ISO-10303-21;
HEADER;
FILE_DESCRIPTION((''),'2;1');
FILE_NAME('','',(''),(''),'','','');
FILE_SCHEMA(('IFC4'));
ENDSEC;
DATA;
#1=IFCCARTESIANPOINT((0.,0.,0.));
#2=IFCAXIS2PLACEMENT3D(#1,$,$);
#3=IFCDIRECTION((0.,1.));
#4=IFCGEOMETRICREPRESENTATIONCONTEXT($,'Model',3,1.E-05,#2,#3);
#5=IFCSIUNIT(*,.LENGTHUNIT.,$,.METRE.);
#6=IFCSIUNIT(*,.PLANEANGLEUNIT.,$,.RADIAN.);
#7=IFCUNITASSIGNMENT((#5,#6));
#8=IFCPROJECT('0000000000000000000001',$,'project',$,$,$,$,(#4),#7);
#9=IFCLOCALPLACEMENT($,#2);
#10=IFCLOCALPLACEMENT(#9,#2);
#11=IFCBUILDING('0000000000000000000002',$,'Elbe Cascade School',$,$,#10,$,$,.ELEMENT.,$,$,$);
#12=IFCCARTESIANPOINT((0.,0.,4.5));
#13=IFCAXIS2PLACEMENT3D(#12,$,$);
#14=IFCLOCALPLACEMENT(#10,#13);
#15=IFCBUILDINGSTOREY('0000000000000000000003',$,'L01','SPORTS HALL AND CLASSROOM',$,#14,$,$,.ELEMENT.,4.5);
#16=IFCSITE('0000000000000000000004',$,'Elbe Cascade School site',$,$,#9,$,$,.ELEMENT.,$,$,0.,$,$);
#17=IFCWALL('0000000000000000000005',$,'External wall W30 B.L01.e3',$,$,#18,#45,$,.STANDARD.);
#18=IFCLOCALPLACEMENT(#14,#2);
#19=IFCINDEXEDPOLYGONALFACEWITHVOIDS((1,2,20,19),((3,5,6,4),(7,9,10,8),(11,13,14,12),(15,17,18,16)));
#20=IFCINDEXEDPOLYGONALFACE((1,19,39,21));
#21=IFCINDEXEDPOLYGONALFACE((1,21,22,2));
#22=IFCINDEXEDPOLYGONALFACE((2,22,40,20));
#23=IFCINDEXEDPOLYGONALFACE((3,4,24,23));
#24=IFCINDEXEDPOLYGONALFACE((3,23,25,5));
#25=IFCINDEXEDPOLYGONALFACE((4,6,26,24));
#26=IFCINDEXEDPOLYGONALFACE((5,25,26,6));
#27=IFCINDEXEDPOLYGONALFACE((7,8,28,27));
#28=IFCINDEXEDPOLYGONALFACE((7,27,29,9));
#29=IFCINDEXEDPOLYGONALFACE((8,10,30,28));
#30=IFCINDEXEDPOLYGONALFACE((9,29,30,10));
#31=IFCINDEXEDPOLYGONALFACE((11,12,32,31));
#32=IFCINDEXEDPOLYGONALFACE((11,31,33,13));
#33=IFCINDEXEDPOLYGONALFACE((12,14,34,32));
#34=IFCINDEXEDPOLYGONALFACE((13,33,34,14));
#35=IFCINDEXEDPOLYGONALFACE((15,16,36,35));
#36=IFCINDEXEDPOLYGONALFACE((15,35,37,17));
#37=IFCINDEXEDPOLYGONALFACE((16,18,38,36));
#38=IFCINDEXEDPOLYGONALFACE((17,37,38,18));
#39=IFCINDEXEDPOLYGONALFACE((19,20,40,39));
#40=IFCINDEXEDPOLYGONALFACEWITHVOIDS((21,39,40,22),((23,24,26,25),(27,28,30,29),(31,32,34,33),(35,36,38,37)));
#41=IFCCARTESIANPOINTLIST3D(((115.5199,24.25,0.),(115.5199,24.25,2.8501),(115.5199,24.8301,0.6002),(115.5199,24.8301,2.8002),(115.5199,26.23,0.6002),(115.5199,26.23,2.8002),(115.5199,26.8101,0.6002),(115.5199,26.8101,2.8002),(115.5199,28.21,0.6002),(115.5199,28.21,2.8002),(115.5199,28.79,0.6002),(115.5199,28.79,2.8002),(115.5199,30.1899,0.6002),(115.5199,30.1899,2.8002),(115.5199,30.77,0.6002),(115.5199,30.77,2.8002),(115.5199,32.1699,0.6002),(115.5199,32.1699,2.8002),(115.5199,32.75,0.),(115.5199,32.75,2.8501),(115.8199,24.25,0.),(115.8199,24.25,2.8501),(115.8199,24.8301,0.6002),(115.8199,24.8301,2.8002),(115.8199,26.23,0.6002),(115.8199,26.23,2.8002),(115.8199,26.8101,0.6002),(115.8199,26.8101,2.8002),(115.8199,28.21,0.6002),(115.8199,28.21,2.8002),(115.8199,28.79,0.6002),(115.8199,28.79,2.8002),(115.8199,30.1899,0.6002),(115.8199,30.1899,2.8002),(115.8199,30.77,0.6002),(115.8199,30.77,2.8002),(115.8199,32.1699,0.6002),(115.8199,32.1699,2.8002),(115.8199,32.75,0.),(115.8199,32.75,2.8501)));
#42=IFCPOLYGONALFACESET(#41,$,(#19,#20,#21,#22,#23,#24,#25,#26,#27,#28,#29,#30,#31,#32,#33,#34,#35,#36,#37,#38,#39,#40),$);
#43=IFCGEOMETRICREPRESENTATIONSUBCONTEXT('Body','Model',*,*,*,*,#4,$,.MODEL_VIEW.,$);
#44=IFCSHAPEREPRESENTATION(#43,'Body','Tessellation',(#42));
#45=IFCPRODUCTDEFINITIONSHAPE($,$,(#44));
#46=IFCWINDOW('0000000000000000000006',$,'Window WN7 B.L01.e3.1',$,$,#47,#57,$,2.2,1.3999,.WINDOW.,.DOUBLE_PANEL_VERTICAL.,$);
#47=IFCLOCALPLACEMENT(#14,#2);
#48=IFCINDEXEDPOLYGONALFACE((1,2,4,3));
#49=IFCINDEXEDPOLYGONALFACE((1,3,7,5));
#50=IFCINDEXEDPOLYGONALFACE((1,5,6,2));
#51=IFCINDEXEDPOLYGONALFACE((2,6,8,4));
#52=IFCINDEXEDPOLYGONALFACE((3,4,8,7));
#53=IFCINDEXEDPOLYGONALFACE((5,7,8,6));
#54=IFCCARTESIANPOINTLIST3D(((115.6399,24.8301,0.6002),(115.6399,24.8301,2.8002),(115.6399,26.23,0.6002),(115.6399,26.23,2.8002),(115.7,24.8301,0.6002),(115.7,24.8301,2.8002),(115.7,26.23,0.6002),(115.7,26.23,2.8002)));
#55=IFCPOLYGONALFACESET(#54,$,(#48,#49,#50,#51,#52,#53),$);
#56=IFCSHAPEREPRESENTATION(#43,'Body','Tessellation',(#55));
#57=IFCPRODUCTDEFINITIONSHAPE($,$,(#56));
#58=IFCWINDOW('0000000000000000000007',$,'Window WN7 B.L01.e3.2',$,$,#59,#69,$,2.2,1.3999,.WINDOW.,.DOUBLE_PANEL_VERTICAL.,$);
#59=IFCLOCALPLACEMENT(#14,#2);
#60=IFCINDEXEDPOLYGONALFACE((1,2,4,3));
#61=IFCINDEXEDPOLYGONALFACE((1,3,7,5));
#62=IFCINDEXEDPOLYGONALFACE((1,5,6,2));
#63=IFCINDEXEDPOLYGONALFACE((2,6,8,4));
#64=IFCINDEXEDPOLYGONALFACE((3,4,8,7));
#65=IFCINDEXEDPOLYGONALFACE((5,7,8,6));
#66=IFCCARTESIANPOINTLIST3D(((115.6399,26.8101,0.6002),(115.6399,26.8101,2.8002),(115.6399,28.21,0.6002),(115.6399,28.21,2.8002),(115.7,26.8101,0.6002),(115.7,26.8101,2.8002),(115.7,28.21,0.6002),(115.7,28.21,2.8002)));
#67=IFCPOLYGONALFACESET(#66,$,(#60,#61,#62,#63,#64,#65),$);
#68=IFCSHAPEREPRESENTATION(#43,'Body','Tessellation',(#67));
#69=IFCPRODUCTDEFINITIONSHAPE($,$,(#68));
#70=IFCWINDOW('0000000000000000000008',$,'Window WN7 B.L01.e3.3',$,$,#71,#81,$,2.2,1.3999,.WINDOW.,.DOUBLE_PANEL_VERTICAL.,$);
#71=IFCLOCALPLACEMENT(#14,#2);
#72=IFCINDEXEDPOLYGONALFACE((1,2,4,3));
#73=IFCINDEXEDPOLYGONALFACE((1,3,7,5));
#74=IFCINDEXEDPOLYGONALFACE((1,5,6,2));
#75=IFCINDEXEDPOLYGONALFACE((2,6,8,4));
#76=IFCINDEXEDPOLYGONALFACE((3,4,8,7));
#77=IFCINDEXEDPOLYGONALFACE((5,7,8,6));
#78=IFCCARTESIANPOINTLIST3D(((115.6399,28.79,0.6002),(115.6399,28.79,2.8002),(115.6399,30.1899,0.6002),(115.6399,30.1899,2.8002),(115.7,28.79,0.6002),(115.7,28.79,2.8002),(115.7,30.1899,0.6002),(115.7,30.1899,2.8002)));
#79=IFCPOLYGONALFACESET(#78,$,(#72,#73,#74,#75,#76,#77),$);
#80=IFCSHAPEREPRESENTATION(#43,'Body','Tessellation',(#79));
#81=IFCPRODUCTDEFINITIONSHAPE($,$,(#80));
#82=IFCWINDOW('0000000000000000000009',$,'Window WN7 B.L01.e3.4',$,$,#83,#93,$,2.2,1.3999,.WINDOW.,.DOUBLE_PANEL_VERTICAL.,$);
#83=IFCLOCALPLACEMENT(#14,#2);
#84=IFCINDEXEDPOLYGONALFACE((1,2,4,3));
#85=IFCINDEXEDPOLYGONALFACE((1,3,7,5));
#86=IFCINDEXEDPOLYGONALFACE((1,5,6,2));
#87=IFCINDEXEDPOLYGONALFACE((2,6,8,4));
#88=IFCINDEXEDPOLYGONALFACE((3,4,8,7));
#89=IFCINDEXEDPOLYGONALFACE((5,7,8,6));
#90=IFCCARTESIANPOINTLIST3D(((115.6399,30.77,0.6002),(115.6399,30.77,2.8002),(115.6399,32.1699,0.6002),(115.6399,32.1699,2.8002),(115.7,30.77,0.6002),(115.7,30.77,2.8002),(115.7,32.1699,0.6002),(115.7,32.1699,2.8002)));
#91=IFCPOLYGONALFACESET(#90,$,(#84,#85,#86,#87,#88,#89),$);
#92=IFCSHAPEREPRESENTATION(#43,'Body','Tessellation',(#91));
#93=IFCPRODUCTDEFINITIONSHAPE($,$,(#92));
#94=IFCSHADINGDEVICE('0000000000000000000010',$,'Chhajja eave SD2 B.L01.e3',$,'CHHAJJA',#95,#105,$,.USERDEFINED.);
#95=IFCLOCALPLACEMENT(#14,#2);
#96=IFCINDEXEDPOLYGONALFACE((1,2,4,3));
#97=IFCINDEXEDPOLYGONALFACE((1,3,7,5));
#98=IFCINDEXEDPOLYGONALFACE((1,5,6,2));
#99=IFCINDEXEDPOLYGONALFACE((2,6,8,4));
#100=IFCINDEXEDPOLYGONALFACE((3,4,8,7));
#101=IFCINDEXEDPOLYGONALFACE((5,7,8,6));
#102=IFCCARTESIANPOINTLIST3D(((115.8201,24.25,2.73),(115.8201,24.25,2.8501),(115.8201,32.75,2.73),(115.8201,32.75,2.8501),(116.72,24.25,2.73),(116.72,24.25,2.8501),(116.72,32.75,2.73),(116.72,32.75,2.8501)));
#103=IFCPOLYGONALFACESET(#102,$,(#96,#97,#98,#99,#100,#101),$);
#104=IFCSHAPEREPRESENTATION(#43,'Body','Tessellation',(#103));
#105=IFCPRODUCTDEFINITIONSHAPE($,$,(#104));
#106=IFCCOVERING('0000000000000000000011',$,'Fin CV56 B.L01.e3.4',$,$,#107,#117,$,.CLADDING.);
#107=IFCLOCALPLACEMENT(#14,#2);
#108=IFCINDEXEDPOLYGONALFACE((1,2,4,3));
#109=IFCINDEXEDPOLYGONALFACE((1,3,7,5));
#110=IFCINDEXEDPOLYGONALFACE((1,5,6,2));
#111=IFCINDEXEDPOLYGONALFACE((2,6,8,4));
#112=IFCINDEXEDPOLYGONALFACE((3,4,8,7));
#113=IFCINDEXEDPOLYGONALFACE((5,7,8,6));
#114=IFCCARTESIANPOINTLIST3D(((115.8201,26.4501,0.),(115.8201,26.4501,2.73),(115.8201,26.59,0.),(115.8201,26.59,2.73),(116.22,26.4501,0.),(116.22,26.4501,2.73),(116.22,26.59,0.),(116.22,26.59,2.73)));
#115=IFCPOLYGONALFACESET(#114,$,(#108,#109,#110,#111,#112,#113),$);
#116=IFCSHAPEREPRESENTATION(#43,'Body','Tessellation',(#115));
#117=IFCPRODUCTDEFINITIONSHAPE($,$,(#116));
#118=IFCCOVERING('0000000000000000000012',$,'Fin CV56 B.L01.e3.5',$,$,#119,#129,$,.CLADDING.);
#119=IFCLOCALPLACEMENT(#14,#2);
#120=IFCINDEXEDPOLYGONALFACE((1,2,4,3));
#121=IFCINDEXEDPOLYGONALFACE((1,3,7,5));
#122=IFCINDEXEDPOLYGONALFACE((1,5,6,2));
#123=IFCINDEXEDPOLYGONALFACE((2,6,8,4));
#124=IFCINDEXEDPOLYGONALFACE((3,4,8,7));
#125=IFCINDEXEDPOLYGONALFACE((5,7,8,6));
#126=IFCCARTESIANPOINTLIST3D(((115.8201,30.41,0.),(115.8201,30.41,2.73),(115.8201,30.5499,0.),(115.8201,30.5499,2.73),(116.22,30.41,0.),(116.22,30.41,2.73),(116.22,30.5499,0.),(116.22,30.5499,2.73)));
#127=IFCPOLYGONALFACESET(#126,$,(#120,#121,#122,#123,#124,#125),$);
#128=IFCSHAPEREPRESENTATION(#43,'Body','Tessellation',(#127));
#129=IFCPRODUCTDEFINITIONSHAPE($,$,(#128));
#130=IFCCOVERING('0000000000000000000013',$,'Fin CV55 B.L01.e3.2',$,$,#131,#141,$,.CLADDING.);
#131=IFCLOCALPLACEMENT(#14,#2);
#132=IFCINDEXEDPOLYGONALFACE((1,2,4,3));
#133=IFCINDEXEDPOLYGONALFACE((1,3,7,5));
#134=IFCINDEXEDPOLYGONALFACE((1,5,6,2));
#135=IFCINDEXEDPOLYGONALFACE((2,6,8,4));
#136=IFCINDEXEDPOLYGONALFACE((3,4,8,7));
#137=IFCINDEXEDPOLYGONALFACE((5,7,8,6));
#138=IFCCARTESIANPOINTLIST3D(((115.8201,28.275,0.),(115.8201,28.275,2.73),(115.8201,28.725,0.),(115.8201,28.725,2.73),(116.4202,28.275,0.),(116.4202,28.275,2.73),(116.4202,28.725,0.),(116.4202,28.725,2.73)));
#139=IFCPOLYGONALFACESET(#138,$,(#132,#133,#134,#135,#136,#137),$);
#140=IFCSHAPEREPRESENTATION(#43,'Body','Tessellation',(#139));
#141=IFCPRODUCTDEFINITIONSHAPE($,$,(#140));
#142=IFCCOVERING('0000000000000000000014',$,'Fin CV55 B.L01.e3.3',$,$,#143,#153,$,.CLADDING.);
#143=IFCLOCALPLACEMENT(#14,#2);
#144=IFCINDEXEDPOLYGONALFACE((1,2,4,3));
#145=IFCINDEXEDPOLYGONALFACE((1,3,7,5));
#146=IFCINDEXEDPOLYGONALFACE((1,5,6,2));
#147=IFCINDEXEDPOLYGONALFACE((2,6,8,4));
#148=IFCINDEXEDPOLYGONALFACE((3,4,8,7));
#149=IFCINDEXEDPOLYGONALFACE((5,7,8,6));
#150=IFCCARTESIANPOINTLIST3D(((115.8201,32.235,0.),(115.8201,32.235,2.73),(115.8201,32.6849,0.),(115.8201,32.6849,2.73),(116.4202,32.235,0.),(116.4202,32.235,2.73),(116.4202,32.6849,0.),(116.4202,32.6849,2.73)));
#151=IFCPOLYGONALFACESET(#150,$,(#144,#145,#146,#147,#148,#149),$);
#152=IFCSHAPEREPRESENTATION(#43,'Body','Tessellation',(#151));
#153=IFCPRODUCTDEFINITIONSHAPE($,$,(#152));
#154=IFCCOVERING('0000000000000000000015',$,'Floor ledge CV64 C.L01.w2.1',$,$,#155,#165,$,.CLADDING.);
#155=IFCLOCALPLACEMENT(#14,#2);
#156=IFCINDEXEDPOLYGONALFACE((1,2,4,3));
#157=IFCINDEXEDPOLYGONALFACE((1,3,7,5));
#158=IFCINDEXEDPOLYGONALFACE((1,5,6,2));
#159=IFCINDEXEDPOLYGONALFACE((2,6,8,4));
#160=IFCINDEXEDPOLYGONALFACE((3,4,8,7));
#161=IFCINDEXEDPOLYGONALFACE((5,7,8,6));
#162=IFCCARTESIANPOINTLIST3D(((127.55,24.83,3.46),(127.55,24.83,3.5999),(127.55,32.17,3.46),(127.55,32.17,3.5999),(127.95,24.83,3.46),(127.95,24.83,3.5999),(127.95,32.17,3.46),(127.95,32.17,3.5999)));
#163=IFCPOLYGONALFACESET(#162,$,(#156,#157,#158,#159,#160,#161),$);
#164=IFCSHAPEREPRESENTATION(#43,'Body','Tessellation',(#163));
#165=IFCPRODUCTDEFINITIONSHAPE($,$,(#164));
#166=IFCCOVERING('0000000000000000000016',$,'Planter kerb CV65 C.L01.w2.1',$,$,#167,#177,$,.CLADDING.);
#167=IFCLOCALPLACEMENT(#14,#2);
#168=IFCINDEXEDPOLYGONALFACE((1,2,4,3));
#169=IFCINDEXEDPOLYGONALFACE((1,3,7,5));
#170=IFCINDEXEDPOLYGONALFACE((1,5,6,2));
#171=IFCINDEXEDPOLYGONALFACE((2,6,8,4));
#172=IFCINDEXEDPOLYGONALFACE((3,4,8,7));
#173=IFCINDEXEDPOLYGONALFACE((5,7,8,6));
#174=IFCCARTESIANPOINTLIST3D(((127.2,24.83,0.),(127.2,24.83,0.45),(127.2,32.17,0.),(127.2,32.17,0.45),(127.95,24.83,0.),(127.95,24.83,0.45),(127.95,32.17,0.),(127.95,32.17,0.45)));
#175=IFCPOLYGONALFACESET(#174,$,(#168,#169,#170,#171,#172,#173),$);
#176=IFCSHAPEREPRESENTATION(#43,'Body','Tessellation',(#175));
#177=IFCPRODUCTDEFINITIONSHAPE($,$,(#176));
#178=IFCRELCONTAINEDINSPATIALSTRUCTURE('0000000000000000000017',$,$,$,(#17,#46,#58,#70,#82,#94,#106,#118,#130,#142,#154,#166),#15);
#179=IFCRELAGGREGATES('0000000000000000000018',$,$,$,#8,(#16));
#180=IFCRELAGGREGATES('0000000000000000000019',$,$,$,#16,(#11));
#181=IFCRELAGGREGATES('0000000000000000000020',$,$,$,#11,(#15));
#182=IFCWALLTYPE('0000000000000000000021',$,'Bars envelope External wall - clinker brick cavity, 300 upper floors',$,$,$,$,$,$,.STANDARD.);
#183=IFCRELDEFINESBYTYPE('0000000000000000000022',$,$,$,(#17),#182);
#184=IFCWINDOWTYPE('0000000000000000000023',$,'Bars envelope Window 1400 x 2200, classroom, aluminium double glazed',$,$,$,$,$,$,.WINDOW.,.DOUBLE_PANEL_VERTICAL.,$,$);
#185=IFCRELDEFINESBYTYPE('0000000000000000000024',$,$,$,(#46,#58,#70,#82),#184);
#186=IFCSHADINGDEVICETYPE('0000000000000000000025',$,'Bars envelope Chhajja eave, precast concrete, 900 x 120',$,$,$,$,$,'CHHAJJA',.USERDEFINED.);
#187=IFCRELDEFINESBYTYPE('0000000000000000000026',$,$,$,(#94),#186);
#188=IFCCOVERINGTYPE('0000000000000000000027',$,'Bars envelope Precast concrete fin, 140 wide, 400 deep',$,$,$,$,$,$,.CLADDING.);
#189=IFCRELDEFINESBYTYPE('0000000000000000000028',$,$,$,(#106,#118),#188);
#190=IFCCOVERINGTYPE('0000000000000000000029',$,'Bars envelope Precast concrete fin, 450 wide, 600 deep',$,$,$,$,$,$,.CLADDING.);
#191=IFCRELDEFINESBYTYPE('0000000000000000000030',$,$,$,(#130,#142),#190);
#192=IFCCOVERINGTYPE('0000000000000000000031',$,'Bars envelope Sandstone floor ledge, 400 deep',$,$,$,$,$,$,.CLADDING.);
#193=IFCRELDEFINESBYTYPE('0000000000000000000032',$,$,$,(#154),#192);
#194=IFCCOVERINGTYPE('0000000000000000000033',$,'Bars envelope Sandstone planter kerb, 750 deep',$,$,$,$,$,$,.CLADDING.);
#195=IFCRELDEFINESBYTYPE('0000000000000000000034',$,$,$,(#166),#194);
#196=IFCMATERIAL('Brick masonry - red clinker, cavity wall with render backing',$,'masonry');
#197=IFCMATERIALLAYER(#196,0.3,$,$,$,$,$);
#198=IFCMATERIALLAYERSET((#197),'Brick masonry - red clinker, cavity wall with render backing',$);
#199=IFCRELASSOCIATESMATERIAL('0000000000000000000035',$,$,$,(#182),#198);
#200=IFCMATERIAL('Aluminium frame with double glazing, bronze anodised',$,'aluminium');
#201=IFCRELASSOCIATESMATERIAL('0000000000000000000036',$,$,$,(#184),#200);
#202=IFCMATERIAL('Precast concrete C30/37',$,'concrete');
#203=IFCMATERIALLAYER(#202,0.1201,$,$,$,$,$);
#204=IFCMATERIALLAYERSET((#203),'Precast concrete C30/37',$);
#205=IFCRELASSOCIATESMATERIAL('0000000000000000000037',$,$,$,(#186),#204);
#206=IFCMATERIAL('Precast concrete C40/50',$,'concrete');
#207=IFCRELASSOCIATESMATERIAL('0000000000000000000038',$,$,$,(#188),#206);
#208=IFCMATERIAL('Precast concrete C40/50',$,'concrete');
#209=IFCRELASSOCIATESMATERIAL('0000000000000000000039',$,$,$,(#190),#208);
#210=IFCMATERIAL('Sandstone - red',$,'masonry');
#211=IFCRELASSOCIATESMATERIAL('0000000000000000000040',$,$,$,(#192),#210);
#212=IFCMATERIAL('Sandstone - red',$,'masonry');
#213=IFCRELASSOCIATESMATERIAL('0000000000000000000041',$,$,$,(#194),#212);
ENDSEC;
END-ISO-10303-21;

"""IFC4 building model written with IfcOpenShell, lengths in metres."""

from ifc_helpers import new_model, si_unit, direction, frame, frame_2d, origin, origin_2d, place, context, subcontext, project, spatial, rectangle, extrude, material, layer, layer_set, type_object, element, fill, save


model = new_model("IFC4")

# Units and contexts
model_context = context("Model", 3, precision=1e-05, world=origin(), true_north=direction((0.0, 1.0)))
body_context = subcontext(model_context, "Body", "Model", "MODEL_VIEW")
ifc_project = project(units=[si_unit("LENGTHUNIT", "METRE"), si_unit("PLANEANGLEUNIT", "RADIAN")], contexts=[model_context])

# Site, building, storey
site_placement = place(None, origin())
site = spatial("IfcSite", under=ifc_project, at=site_placement, Name="Elbe Cascade School site", CompositionType="ELEMENT", RefElevation=0.0)
building_placement = place(site_placement, origin())
building = spatial("IfcBuilding", under=site, at=building_placement, Name="Elbe Cascade School", CompositionType="ELEMENT")
storey_placement = place(building_placement, frame((0.0, 0.0, 4.5)))
storey = spatial("IfcBuildingStorey", under=building, at=storey_placement, Name="L01", Description="SPORTS HALL AND CLASSROOM", CompositionType="ELEMENT", Elevation=4.5)

# Wall, openings, windows
ifc_material_1 = material(Name="Brick masonry - red clinker, cavity wall with render backing", Category="masonry")
ifc_layer_1 = layer(ifc_material_1, 0.3)
ifc_layer_set_1 = layer_set([ifc_layer_1], Name="Brick masonry - red clinker, cavity wall with render backing")
wall_type = type_object("IfcWallType", Name="Bars envelope External wall - clinker brick cavity, 300 upper floors", PredefinedType="STANDARD", material=ifc_layer_set_1)
wall_placement = place(storey_placement, frame((115.6699, 32.75, 0.0), z_axis=(0.0, 0.0, 1.0), x_axis=(0.0, -1.0, 0.0)))
wall = element("IfcWall", 1, at=wall_placement, inside=storey, type_object=wall_type, Name="External wall W30 B.L01.e3", PredefinedType="STANDARD", context=body_context, shape_type="SweptSolid", body=[
    extrude(rectangle(XDim=8.5, YDim=0.3, at=frame_2d((4.25, 0.0))), origin(), (0.0, 0.0, 1.0), 2.8501),
])
opening_1_placement = place(wall_placement, frame((6.52, 0.0, 0.6001)))
opening_1 = element("IfcOpeningElement", 2, at=opening_1_placement, cuts=wall, PredefinedType="OPENING", context=body_context, shape_type="SweptSolid", body=[
    extrude(rectangle(XDim=1.3999, YDim=2.2, at=frame_2d((0.7, 1.1001))), frame((0.0, 0.1599, 0.0), z_axis=(0.0, -1.0, 0.0), x_axis=(1.0, 0.0, 0.0)), (0.0, 0.0, 1.0), 0.3201),
])
opening_2_placement = place(wall_placement, frame((4.54, 0.0, 0.6001)))
opening_2 = element("IfcOpeningElement", 3, at=opening_2_placement, cuts=wall, PredefinedType="OPENING", context=body_context, shape_type="SweptSolid", body=[
    extrude(rectangle(XDim=1.3999, YDim=2.2, at=frame_2d((0.7, 1.1001))), frame((0.0, 0.1599, 0.0), z_axis=(0.0, -1.0, 0.0), x_axis=(1.0, 0.0, 0.0)), (0.0, 0.0, 1.0), 0.3201),
])
opening_3_placement = place(wall_placement, frame((2.5601, 0.0, 0.6001)))
opening_3 = element("IfcOpeningElement", 4, at=opening_3_placement, cuts=wall, PredefinedType="OPENING", context=body_context, shape_type="SweptSolid", body=[
    extrude(rectangle(XDim=1.3999, YDim=2.2, at=frame_2d((0.7, 1.1001))), frame((0.0, 0.1599, 0.0), z_axis=(0.0, -1.0, 0.0), x_axis=(1.0, 0.0, 0.0)), (0.0, 0.0, 1.0), 0.3201),
])
opening_4_placement = place(wall_placement, frame((0.5801, 0.0, 0.6001)))
opening_4 = element("IfcOpeningElement", 5, at=opening_4_placement, cuts=wall, PredefinedType="OPENING", context=body_context, shape_type="SweptSolid", body=[
    extrude(rectangle(XDim=1.3999, YDim=2.2, at=frame_2d((0.7, 1.1001))), frame((0.0, 0.1599, 0.0), z_axis=(0.0, -1.0, 0.0), x_axis=(1.0, 0.0, 0.0)), (0.0, 0.0, 1.0), 0.3201),
])
ifc_material_2 = material(Name="Aluminium frame with double glazing, bronze anodised", Category="aluminium")
window_type = type_object("IfcWindowType", Name="Bars envelope Window 1400 x 2200, classroom, aluminium double glazed", PartitioningType="DOUBLE_PANEL_VERTICAL", PredefinedType="WINDOW", material=ifc_material_2)
window_1_placement = place(opening_1_placement, origin())
window_1 = element("IfcWindow", 6, at=window_1_placement, inside=storey, type_object=window_type, Name="Window WN7 B.L01.e3.1", OverallHeight=2.2, OverallWidth=1.3999, PartitioningType="DOUBLE_PANEL_VERTICAL", PredefinedType="WINDOW", context=body_context, shape_type="SweptSolid", body=[
    extrude(rectangle(XDim=1.3999, YDim=2.2, at=frame_2d((0.7, 1.1001))), frame((0.0, 0.03, 0.0), z_axis=(0.0, -1.0, 0.0), x_axis=(1.0, 0.0, 0.0)), (0.0, 0.0, 1.0), 0.0601),
])
fill(opening_1, window_1)
window_2_placement = place(opening_2_placement, origin())
window_2 = element("IfcWindow", 7, at=window_2_placement, inside=storey, type_object=window_type, Name="Window WN7 B.L01.e3.2", OverallHeight=2.2, OverallWidth=1.3999, PartitioningType="DOUBLE_PANEL_VERTICAL", PredefinedType="WINDOW", context=body_context, shape_type="SweptSolid", body=[
    extrude(rectangle(XDim=1.3999, YDim=2.2, at=frame_2d((0.7, 1.1001))), frame((0.0, 0.03, 0.0), z_axis=(0.0, -1.0, 0.0), x_axis=(1.0, 0.0, 0.0)), (0.0, 0.0, 1.0), 0.0601),
])
fill(opening_2, window_2)
window_3_placement = place(opening_3_placement, origin())
window_3 = element("IfcWindow", 8, at=window_3_placement, inside=storey, type_object=window_type, Name="Window WN7 B.L01.e3.3", OverallHeight=2.2, OverallWidth=1.3999, PartitioningType="DOUBLE_PANEL_VERTICAL", PredefinedType="WINDOW", context=body_context, shape_type="SweptSolid", body=[
    extrude(rectangle(XDim=1.3999, YDim=2.2, at=frame_2d((0.7, 1.1001))), frame((0.0, 0.03, 0.0), z_axis=(0.0, -1.0, 0.0), x_axis=(1.0, 0.0, 0.0)), (0.0, 0.0, 1.0), 0.0601),
])
fill(opening_3, window_3)
window_4_placement = place(opening_4_placement, origin())
window_4 = element("IfcWindow", 9, at=window_4_placement, inside=storey, type_object=window_type, Name="Window WN7 B.L01.e3.4", OverallHeight=2.2, OverallWidth=1.3999, PartitioningType="DOUBLE_PANEL_VERTICAL", PredefinedType="WINDOW", context=body_context, shape_type="SweptSolid", body=[
    extrude(rectangle(XDim=1.3999, YDim=2.2, at=frame_2d((0.7, 1.1001))), frame((0.0, 0.03, 0.0), z_axis=(0.0, -1.0, 0.0), x_axis=(1.0, 0.0, 0.0)), (0.0, 0.0, 1.0), 0.0601),
])
fill(opening_4, window_4)

# Shading device
ifc_material_3 = material(Name="Precast concrete C30/37", Category="concrete")
ifc_layer_2 = layer(ifc_material_3, 0.1201)
ifc_layer_set_2 = layer_set([ifc_layer_2], Name="Precast concrete C30/37")
shading_device_type_1 = type_object("IfcShadingDeviceType", Name="Bars envelope Chhajja eave, precast concrete, 900 x 120", ElementType="CHHAJJA", PredefinedType="USERDEFINED", material=ifc_layer_set_2)
shading_device_1_placement = place(storey_placement, frame((116.27, 28.5, 2.73), z_axis=(0.0, 0.0, 1.0), x_axis=(0.0, 1.0, 0.0)))
element("IfcShadingDevice", 10, at=shading_device_1_placement, inside=storey, type_object=shading_device_type_1, Name="Chhajja eave SD2 B.L01.e3", ObjectType="CHHAJJA", PredefinedType="USERDEFINED", context=body_context, shape_type="SweptSolid", body=[
    extrude(rectangle(XDim=8.5, YDim=0.8999, at=origin_2d()), origin(), (0.0, 0.0, 1.0), 0.1201),
])

# Coverings
ifc_material_4 = material(Name="Precast concrete C40/50", Category="concrete")
covering_type_1 = type_object("IfcCoveringType", Name="Bars envelope Precast concrete fin, 140 wide, 400 deep", PredefinedType="CLADDING", material=ifc_material_4)
for number, where, z_axis, x_axis, name in (
    (11, (116.02, 26.52, 0.0), (0.0, 0.0, 1.0), (0.0, 1.0, 0.0), "Fin CV56 B.L01.e3.4"),
    (12, (116.02, 30.48, 0.0), (0.0, 0.0, 1.0), (0.0, 1.0, 0.0), "Fin CV56 B.L01.e3.5"),
):
    element("IfcCovering", number, at=place(storey_placement, frame(where, z_axis=z_axis, x_axis=x_axis)), inside=storey, type_object=covering_type_1, Name=name, PredefinedType="CLADDING", context=body_context, shape_type="SweptSolid", body=[
        extrude(rectangle(XDim=0.1399, YDim=0.3999, at=origin_2d()), origin(), (0.0, 0.0, 1.0), 2.73),
    ])
ifc_material_5 = material(Name="Precast concrete C40/50", Category="concrete")
covering_type_2 = type_object("IfcCoveringType", Name="Bars envelope Precast concrete fin, 450 wide, 600 deep", PredefinedType="CLADDING", material=ifc_material_5)
for number, where, z_axis, x_axis, name in (
    (13, (116.1201, 28.5, 0.0), (0.0, 0.0, 1.0), (0.0, 1.0, 0.0), "Fin CV55 B.L01.e3.2"),
    (14, (116.1201, 32.46, 0.0), (0.0, 0.0, 1.0), (0.0, 1.0, 0.0), "Fin CV55 B.L01.e3.3"),
):
    element("IfcCovering", number, at=place(storey_placement, frame(where, z_axis=z_axis, x_axis=x_axis)), inside=storey, type_object=covering_type_2, Name=name, PredefinedType="CLADDING", context=body_context, shape_type="SweptSolid", body=[
        extrude(rectangle(XDim=0.45, YDim=0.6001, at=origin_2d()), origin(), (0.0, 0.0, 1.0), 2.73),
    ])
ifc_material_6 = material(Name="Sandstone - red", Category="masonry")
covering_type_3 = type_object("IfcCoveringType", Name="Bars envelope Sandstone floor ledge, 400 deep", PredefinedType="CLADDING", material=ifc_material_6)
covering_1_placement = place(storey_placement, frame((127.75, 28.5, 3.46), z_axis=(0.0, 0.0, 1.0), x_axis=(0.0, 1.0, 0.0)))
element("IfcCovering", 15, at=covering_1_placement, inside=storey, type_object=covering_type_3, Name="Floor ledge CV64 C.L01.w2.1", PredefinedType="CLADDING", context=body_context, shape_type="SweptSolid", body=[
    extrude(rectangle(XDim=7.3401, YDim=0.3999, at=origin_2d()), origin(), (0.0, 0.0, 1.0), 0.1399),
])
ifc_material_7 = material(Name="Sandstone - red", Category="masonry")
covering_type_4 = type_object("IfcCoveringType", Name="Bars envelope Sandstone planter kerb, 750 deep", PredefinedType="CLADDING", material=ifc_material_7)
covering_2_placement = place(storey_placement, frame((127.575, 28.5, 0.0), z_axis=(0.0, 0.0, 1.0), x_axis=(0.0, 1.0, 0.0)))
element("IfcCovering", 16, at=covering_2_placement, inside=storey, type_object=covering_type_4, Name="Planter kerb CV65 C.L01.w2.1", PredefinedType="CLADDING", context=body_context, shape_type="SweptSolid", body=[
    extrude(rectangle(XDim=7.3401, YDim=0.75, at=origin_2d()), origin(), (0.0, 0.0, 1.0), 0.45),
])

save(model, "model.ifc")
